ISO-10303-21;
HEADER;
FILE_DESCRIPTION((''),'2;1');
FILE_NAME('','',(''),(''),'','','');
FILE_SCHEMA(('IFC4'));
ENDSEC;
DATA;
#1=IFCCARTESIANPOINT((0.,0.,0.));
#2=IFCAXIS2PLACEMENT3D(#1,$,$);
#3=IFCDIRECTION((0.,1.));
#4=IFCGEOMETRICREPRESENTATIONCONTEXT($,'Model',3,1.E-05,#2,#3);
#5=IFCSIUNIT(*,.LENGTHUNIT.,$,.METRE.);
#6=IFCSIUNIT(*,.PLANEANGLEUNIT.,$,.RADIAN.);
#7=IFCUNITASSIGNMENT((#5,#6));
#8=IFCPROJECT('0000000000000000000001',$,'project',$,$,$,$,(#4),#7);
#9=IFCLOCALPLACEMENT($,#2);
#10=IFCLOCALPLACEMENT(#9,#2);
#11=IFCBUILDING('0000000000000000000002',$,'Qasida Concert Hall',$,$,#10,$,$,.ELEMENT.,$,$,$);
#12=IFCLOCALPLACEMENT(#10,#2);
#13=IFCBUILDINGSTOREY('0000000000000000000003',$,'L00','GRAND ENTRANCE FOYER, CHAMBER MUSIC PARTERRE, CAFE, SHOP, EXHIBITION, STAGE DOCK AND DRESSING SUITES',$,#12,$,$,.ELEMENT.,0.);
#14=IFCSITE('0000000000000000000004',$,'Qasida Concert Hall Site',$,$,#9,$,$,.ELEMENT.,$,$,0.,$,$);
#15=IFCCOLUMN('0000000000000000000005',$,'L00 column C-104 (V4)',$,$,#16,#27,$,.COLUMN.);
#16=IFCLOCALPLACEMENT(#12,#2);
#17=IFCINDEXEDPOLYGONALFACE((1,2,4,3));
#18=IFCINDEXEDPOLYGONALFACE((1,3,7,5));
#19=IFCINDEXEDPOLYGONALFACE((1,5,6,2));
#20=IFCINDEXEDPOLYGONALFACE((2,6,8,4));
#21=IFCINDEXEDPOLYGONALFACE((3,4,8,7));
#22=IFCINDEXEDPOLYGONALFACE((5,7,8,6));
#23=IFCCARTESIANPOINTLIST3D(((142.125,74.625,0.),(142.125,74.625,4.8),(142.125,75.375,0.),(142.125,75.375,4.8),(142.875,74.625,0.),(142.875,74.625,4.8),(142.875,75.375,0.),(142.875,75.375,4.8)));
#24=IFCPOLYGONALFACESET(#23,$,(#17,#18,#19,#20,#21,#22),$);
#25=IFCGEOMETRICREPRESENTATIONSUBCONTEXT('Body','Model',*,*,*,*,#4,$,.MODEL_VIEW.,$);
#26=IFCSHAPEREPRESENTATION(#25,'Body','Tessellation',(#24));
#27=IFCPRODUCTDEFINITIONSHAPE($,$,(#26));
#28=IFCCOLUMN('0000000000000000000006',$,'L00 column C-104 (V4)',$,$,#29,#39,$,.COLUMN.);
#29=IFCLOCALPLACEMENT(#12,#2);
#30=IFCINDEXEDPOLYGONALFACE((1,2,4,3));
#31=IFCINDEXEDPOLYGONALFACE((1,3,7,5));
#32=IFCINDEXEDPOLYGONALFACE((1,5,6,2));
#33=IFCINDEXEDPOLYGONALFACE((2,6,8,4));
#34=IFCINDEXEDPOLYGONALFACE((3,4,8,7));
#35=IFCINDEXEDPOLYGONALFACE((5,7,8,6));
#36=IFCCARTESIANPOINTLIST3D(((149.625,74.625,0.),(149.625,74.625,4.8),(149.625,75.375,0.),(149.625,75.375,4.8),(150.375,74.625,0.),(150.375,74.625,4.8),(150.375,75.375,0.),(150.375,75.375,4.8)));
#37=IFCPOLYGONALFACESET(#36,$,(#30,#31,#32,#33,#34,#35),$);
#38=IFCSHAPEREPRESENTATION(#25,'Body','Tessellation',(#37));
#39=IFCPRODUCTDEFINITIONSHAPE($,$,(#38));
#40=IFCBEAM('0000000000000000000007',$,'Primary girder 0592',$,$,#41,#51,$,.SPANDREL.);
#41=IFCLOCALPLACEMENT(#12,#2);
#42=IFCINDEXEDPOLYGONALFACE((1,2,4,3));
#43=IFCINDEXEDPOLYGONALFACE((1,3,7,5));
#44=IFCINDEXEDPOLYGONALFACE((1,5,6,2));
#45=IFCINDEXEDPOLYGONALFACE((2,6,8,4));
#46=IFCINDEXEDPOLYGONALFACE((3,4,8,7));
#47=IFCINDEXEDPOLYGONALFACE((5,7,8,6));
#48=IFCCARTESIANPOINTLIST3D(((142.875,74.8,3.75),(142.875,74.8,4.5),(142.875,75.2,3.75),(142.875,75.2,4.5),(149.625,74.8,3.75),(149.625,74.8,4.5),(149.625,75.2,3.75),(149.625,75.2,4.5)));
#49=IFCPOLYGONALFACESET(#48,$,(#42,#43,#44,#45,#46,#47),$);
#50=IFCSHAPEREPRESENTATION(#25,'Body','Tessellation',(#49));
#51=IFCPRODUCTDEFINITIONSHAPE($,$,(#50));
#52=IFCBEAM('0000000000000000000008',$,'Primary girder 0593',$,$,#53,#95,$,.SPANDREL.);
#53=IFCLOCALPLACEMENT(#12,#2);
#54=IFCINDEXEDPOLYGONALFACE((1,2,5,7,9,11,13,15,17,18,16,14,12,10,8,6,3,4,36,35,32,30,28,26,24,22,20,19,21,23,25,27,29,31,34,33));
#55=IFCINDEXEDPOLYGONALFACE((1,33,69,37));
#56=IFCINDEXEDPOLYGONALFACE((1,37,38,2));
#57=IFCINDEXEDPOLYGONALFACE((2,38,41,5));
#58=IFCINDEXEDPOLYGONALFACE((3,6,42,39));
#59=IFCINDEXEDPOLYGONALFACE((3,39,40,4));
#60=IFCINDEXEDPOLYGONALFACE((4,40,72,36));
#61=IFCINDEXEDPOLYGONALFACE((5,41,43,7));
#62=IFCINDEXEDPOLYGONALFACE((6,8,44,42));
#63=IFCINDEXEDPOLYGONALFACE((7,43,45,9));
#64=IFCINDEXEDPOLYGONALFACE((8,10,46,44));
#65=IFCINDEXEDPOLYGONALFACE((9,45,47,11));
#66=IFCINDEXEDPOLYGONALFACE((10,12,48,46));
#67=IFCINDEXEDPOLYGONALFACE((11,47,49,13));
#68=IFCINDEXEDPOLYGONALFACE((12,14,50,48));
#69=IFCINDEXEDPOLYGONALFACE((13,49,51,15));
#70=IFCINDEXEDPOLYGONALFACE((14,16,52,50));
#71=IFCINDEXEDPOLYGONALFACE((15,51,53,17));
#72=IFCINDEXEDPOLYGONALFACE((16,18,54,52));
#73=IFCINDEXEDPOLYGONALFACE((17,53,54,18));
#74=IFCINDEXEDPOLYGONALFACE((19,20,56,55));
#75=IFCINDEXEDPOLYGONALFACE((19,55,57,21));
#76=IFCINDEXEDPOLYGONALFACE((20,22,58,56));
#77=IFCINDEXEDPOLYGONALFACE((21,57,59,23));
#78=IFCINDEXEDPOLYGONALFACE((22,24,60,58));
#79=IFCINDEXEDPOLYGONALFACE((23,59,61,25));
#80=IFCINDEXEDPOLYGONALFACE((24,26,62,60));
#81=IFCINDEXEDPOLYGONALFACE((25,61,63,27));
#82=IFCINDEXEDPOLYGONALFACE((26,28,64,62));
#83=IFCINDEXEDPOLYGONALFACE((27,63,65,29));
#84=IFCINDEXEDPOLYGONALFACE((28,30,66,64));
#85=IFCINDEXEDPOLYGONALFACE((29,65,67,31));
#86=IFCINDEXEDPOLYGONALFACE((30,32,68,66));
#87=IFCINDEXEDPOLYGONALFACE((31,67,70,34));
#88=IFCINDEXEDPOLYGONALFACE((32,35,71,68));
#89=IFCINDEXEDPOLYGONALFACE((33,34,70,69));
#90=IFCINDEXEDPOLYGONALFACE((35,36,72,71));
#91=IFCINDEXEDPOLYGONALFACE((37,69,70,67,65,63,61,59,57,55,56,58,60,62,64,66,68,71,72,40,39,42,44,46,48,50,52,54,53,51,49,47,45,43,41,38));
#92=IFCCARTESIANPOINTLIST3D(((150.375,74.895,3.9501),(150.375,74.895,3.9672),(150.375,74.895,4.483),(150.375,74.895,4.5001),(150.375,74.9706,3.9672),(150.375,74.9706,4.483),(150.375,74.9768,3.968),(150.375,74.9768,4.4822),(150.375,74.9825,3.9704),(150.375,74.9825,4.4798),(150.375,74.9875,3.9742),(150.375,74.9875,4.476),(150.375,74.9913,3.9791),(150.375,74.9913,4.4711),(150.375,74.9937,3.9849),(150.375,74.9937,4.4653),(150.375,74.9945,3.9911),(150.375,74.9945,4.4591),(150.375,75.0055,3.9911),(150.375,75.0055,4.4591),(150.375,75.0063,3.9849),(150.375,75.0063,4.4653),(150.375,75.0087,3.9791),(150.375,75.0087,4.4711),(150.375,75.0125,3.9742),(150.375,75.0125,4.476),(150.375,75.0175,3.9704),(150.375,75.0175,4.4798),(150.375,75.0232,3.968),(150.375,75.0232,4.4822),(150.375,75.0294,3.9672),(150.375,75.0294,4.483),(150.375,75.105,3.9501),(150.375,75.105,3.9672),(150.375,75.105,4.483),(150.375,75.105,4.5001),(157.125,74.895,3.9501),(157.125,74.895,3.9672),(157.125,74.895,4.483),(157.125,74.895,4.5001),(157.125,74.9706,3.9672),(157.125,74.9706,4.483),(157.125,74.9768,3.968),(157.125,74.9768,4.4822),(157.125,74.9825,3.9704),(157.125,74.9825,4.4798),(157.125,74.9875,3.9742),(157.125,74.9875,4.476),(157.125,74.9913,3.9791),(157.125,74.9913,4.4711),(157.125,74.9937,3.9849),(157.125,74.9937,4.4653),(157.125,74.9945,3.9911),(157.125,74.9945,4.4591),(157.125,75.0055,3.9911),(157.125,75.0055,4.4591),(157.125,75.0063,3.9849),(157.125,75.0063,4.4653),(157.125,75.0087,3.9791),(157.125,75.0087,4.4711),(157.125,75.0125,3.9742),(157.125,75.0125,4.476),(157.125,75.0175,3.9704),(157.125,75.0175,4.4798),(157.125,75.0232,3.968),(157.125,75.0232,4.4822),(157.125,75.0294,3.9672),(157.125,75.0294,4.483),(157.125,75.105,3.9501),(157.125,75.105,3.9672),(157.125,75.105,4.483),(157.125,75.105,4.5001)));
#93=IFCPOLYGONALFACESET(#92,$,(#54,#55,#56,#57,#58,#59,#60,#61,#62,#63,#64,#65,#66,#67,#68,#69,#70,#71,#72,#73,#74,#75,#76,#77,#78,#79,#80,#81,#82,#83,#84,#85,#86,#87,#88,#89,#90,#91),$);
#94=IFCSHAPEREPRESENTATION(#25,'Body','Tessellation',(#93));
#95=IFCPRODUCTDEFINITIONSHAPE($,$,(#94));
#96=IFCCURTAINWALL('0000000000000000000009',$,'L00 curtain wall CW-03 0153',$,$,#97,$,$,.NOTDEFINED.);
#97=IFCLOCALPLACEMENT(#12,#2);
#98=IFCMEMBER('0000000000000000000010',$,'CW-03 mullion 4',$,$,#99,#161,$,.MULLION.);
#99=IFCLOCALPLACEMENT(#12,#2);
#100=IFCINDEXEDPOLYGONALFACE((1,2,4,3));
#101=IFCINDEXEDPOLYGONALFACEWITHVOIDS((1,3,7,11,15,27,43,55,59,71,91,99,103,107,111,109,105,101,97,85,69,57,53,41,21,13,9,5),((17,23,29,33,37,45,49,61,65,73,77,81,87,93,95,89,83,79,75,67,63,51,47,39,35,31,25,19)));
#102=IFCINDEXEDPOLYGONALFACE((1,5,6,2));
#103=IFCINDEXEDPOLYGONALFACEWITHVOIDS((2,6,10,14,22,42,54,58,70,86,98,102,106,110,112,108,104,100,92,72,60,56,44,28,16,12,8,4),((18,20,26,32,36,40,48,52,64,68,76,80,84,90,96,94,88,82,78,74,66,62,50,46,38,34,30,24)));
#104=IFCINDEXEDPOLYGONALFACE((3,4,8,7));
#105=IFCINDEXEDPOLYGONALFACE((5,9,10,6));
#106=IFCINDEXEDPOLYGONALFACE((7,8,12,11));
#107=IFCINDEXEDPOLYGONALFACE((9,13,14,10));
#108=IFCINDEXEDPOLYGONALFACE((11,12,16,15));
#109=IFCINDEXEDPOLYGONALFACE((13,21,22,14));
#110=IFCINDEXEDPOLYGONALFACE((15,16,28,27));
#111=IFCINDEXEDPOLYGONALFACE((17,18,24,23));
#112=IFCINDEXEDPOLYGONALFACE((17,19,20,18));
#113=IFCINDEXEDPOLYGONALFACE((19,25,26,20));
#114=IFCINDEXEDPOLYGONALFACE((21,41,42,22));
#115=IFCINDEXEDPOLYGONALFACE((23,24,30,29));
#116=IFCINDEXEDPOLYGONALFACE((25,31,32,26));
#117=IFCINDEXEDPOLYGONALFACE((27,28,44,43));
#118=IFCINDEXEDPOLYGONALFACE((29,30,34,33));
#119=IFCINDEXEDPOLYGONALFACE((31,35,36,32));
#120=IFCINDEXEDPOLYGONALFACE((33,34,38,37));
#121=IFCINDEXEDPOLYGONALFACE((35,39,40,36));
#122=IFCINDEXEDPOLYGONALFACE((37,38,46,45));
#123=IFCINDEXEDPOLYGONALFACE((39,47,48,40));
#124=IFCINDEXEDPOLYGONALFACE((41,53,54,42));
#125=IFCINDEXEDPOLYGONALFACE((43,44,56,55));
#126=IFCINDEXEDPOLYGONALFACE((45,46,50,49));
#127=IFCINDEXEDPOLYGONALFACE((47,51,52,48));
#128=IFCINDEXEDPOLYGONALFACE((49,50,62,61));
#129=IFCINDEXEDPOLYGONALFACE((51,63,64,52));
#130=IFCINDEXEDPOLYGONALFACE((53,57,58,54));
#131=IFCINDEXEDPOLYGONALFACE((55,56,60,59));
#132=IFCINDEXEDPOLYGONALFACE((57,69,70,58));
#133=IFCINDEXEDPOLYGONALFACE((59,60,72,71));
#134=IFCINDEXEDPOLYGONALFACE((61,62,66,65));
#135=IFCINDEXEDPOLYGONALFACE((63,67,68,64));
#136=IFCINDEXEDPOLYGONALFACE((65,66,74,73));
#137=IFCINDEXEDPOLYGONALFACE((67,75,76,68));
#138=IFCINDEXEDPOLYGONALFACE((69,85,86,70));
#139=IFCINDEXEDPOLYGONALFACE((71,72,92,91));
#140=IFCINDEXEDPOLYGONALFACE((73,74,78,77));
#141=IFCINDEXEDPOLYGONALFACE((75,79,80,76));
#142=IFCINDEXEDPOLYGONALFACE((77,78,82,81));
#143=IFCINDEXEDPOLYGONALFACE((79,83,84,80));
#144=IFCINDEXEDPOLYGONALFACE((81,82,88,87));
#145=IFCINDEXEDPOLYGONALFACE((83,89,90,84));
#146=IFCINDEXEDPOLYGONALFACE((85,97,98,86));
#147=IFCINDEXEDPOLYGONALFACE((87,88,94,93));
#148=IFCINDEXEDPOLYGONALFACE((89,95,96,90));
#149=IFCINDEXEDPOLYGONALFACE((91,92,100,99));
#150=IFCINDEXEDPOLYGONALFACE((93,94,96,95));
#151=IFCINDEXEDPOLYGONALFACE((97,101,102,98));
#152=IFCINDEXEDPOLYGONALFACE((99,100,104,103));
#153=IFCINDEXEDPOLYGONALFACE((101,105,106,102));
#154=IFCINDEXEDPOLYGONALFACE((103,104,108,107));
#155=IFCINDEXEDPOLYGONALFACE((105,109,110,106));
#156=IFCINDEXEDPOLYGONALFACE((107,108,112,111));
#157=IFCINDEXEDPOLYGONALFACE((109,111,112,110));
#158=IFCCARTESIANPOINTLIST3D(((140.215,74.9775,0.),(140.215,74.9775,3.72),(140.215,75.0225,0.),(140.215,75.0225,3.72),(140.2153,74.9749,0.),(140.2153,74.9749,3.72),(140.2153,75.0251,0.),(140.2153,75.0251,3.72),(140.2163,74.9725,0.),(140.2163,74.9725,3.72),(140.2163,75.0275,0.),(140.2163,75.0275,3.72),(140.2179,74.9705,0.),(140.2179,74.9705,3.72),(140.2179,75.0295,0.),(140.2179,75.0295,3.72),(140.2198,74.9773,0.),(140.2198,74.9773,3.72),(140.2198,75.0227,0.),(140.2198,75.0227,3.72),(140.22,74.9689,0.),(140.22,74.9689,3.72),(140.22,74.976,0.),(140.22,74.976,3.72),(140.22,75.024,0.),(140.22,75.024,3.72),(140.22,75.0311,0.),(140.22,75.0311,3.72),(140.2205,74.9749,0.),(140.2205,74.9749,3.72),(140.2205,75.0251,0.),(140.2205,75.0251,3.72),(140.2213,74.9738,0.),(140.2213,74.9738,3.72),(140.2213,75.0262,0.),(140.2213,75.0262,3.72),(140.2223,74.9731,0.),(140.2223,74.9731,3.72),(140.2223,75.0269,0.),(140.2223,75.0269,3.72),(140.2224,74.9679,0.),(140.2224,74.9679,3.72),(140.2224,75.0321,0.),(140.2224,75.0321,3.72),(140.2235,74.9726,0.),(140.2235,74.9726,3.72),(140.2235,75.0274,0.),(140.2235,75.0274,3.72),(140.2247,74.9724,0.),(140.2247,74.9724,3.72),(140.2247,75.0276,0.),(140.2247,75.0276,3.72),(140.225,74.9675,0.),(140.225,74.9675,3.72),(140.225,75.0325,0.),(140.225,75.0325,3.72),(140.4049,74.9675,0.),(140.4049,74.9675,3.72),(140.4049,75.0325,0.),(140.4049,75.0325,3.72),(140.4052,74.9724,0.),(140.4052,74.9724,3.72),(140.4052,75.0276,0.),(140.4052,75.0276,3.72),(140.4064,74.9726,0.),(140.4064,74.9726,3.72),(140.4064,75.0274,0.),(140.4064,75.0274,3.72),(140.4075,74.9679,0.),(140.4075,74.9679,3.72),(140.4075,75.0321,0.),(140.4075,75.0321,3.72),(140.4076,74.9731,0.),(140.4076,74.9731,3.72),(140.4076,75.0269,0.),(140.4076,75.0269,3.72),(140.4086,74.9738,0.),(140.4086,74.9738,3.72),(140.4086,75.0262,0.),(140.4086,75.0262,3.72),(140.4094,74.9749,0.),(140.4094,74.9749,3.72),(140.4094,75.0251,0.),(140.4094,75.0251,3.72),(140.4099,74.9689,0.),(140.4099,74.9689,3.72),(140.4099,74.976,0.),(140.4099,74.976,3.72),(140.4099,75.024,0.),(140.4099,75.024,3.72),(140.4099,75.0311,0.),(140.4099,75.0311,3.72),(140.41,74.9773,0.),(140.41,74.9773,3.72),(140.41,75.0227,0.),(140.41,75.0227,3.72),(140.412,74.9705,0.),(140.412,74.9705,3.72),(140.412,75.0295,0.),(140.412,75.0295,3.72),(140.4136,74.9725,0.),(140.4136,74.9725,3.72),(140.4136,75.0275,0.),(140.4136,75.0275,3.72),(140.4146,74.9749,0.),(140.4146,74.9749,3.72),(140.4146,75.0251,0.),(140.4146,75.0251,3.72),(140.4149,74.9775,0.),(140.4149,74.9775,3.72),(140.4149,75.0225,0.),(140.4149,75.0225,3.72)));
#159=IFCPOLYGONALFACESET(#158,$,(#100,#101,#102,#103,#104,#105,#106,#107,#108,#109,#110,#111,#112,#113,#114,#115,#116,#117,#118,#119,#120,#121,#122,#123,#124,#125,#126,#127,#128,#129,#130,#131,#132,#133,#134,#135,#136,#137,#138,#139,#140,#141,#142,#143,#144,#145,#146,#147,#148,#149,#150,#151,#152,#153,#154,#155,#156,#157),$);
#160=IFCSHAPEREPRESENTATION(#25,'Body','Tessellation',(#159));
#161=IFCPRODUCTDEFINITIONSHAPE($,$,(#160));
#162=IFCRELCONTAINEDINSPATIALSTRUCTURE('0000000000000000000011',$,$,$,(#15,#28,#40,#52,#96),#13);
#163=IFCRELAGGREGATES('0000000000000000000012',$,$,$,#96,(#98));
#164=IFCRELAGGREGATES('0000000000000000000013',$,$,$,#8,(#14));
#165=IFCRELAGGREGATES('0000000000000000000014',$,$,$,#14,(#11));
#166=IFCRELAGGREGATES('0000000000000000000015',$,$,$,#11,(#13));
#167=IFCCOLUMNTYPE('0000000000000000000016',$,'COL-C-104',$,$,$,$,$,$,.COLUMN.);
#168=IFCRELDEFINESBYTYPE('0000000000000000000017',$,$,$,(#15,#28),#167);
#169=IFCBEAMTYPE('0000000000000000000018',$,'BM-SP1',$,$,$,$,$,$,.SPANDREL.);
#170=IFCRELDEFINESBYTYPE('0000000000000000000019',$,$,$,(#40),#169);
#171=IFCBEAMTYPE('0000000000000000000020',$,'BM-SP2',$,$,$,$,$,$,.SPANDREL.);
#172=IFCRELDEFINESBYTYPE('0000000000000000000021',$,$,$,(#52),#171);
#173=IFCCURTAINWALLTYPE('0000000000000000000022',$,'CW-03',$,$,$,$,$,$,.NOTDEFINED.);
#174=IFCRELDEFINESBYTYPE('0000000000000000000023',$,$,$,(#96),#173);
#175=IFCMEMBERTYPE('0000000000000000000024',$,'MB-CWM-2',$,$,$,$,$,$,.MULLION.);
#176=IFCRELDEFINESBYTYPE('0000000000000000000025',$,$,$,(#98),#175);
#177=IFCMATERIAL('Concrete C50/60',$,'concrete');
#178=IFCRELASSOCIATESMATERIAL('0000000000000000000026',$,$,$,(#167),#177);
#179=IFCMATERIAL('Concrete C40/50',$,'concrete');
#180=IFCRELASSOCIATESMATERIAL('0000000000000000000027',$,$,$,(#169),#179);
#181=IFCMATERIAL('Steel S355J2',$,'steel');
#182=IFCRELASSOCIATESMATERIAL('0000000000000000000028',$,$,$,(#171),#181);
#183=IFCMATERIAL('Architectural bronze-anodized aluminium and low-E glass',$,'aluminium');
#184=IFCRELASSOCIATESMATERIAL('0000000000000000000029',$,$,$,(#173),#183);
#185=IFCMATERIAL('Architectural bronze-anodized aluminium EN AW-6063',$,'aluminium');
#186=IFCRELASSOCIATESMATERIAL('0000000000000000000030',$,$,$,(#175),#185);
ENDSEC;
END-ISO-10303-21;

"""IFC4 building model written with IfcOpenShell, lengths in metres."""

from ifc_helpers import new_model, si_unit, direction, frame, origin, origin_2d, place, context, subcontext, project, spatial, rectangle, hollow_rectangle, i_section, extrude, material, material_profile, profile_set, type_object, element, aggregate, save


model = new_model("IFC4")

# Units and contexts
model_context = context("Model", 3, precision=1e-05, world=origin(), true_north=direction((0.0, 1.0)))
body_context = subcontext(model_context, "Body", "Model", "MODEL_VIEW")
ifc_project = project(units=[si_unit("LENGTHUNIT", "METRE"), si_unit("PLANEANGLEUNIT", "RADIAN")], contexts=[model_context])

# Site, building, storey
site_placement = place(None, origin())
site = spatial("IfcSite", under=ifc_project, at=site_placement, Name="Qasida Concert Hall Site", CompositionType="ELEMENT", RefElevation=0.0)
building_placement = place(site_placement, origin())
building = spatial("IfcBuilding", under=site, at=building_placement, Name="Qasida Concert Hall", CompositionType="ELEMENT")
storey_placement = place(building_placement, origin())
storey = spatial("IfcBuildingStorey", under=building, at=storey_placement, Name="L00", Description="GRAND ENTRANCE FOYER, CHAMBER MUSIC PARTERRE, CAFE, SHOP, EXHIBITION, STAGE DOCK AND DRESSING SUITES", CompositionType="ELEMENT", Elevation=0.0)

# Columns
ifc_material_1 = material(Name="Concrete C50/60", Category="concrete")
ifc_material_profile_1 = material_profile(ifc_material_1, rectangle(XDim=0.75, YDim=0.75, at=origin_2d()), Name="RC 750x750")
ifc_profile_set_1 = profile_set([ifc_material_profile_1], Name="Concrete C50/60")
column_type = type_object("IfcColumnType", Name="COL-C-104", PredefinedType="COLUMN", material=ifc_profile_set_1)
for number, where, z_axis, x_axis, name in (
    (1, (142.5, 75.0, 0.0), (0.0, 0.0, 1.0), (1.0, 0.0, 0.0), "L00 column C-104 (V4)"),
    (2, (150.0, 75.0, 0.0), (0.0, 0.0, 1.0), (1.0, 0.0, 0.0), "L00 column C-104 (V4)"),
):
    element("IfcColumn", number, at=place(storey_placement, frame(where, z_axis=z_axis, x_axis=x_axis)), inside=storey, type_object=column_type, Name=name, PredefinedType="COLUMN", context=body_context, shape_type="SweptSolid", body=[
        extrude(rectangle(XDim=0.75, YDim=0.75, at=origin_2d()), origin(), (0.0, 0.0, 1.0), 4.8),
    ])

# Beams
ifc_material_2 = material(Name="Concrete C40/50", Category="concrete")
ifc_material_profile_2 = material_profile(ifc_material_2, rectangle(XDim=0.3999, YDim=0.75, at=origin_2d()), Name="RC 400x750")
ifc_profile_set_2 = profile_set([ifc_material_profile_2], Name="Concrete C40/50")
beam_type_1 = type_object("IfcBeamType", Name="BM-SP1", PredefinedType="SPANDREL", material=ifc_profile_set_2)
beam_1_placement = place(storey_placement, frame((142.875, 75.0, 4.125), z_axis=(1.0, 0.0, 0.0), x_axis=(0.0, 1.0, 0.0)))
element("IfcBeam", 3, at=beam_1_placement, inside=storey, type_object=beam_type_1, Name="Primary girder 0592", PredefinedType="SPANDREL", context=body_context, shape_type="SweptSolid", body=[
    extrude(rectangle(XDim=0.3999, YDim=0.75, at=origin_2d()), origin(), (0.0, 0.0, 1.0), 6.75),
])
ifc_material_3 = material(Name="Steel S355J2", Category="steel")
ifc_material_profile_3 = material_profile(ifc_material_3, i_section(OverallWidth=0.21, OverallDepth=0.55, WebThickness=0.011, FlangeThickness=0.0171, FilletRadius=0.0239, at=origin_2d()), Name="IPE 550")
ifc_profile_set_3 = profile_set([ifc_material_profile_3], Name="Steel S355J2")
beam_type_2 = type_object("IfcBeamType", Name="BM-SP2", PredefinedType="SPANDREL", material=ifc_profile_set_3)
beam_2_placement = place(storey_placement, frame((150.375, 75.0, 4.2251), z_axis=(1.0, 0.0, 0.0), x_axis=(0.0, 1.0, 0.0)))
element("IfcBeam", 4, at=beam_2_placement, inside=storey, type_object=beam_type_2, Name="Primary girder 0593", PredefinedType="SPANDREL", context=body_context, shape_type="SweptSolid", body=[
    extrude(i_section(OverallWidth=0.21, OverallDepth=0.55, WebThickness=0.011, FlangeThickness=0.0171, FilletRadius=0.0239, at=origin_2d()), origin(), (0.0, 0.0, 1.0), 6.75),
])

# Curtain wall, member
ifc_material_4 = material(Name="Architectural bronze-anodized aluminium and low-E glass", Category="aluminium")
curtain_wall_type = type_object("IfcCurtainWallType", Name="CW-03", PredefinedType="NOTDEFINED", material=ifc_material_4)
curtain_wall_1_placement = place(storey_placement, origin())
curtain_wall_1 = element("IfcCurtainWall", 5, at=curtain_wall_1_placement, inside=storey, type_object=curtain_wall_type, Name="L00 curtain wall CW-03 0153", PredefinedType="NOTDEFINED")
ifc_material_5 = material(Name="Architectural bronze-anodized aluminium EN AW-6063", Category="aluminium")
ifc_material_profile_4 = material_profile(ifc_material_5, hollow_rectangle(XDim=0.0649, YDim=0.2, WallThickness=0.0049, InnerFilletRadius=0.0049, OuterFilletRadius=0.01, at=origin_2d()), Name="CWM 200x65x5")
ifc_profile_set_4 = profile_set([ifc_material_profile_4], Name="Architectural bronze-anodized aluminium EN AW-6063")
member_type_1 = type_object("IfcMemberType", Name="MB-CWM-2", PredefinedType="MULLION", material=ifc_profile_set_4)
member_1_placement = place(storey_placement, frame((140.3149, 75.0, 0.0), z_axis=(0.0, 0.0, 1.0), x_axis=(0.0, 1.0, 0.0)))
member_1 = element("IfcMember", 6, at=member_1_placement, type_object=member_type_1, Name="CW-03 mullion 4", PredefinedType="MULLION", context=body_context, shape_type="SweptSolid", body=[
    extrude(hollow_rectangle(XDim=0.0649, YDim=0.2, WallThickness=0.0049, InnerFilletRadius=0.0049, OuterFilletRadius=0.01, at=origin_2d()), origin(), (0.0, 0.0, 1.0), 3.72),
])

aggregate(curtain_wall_1, [member_1])

save(model, "model.ifc")
